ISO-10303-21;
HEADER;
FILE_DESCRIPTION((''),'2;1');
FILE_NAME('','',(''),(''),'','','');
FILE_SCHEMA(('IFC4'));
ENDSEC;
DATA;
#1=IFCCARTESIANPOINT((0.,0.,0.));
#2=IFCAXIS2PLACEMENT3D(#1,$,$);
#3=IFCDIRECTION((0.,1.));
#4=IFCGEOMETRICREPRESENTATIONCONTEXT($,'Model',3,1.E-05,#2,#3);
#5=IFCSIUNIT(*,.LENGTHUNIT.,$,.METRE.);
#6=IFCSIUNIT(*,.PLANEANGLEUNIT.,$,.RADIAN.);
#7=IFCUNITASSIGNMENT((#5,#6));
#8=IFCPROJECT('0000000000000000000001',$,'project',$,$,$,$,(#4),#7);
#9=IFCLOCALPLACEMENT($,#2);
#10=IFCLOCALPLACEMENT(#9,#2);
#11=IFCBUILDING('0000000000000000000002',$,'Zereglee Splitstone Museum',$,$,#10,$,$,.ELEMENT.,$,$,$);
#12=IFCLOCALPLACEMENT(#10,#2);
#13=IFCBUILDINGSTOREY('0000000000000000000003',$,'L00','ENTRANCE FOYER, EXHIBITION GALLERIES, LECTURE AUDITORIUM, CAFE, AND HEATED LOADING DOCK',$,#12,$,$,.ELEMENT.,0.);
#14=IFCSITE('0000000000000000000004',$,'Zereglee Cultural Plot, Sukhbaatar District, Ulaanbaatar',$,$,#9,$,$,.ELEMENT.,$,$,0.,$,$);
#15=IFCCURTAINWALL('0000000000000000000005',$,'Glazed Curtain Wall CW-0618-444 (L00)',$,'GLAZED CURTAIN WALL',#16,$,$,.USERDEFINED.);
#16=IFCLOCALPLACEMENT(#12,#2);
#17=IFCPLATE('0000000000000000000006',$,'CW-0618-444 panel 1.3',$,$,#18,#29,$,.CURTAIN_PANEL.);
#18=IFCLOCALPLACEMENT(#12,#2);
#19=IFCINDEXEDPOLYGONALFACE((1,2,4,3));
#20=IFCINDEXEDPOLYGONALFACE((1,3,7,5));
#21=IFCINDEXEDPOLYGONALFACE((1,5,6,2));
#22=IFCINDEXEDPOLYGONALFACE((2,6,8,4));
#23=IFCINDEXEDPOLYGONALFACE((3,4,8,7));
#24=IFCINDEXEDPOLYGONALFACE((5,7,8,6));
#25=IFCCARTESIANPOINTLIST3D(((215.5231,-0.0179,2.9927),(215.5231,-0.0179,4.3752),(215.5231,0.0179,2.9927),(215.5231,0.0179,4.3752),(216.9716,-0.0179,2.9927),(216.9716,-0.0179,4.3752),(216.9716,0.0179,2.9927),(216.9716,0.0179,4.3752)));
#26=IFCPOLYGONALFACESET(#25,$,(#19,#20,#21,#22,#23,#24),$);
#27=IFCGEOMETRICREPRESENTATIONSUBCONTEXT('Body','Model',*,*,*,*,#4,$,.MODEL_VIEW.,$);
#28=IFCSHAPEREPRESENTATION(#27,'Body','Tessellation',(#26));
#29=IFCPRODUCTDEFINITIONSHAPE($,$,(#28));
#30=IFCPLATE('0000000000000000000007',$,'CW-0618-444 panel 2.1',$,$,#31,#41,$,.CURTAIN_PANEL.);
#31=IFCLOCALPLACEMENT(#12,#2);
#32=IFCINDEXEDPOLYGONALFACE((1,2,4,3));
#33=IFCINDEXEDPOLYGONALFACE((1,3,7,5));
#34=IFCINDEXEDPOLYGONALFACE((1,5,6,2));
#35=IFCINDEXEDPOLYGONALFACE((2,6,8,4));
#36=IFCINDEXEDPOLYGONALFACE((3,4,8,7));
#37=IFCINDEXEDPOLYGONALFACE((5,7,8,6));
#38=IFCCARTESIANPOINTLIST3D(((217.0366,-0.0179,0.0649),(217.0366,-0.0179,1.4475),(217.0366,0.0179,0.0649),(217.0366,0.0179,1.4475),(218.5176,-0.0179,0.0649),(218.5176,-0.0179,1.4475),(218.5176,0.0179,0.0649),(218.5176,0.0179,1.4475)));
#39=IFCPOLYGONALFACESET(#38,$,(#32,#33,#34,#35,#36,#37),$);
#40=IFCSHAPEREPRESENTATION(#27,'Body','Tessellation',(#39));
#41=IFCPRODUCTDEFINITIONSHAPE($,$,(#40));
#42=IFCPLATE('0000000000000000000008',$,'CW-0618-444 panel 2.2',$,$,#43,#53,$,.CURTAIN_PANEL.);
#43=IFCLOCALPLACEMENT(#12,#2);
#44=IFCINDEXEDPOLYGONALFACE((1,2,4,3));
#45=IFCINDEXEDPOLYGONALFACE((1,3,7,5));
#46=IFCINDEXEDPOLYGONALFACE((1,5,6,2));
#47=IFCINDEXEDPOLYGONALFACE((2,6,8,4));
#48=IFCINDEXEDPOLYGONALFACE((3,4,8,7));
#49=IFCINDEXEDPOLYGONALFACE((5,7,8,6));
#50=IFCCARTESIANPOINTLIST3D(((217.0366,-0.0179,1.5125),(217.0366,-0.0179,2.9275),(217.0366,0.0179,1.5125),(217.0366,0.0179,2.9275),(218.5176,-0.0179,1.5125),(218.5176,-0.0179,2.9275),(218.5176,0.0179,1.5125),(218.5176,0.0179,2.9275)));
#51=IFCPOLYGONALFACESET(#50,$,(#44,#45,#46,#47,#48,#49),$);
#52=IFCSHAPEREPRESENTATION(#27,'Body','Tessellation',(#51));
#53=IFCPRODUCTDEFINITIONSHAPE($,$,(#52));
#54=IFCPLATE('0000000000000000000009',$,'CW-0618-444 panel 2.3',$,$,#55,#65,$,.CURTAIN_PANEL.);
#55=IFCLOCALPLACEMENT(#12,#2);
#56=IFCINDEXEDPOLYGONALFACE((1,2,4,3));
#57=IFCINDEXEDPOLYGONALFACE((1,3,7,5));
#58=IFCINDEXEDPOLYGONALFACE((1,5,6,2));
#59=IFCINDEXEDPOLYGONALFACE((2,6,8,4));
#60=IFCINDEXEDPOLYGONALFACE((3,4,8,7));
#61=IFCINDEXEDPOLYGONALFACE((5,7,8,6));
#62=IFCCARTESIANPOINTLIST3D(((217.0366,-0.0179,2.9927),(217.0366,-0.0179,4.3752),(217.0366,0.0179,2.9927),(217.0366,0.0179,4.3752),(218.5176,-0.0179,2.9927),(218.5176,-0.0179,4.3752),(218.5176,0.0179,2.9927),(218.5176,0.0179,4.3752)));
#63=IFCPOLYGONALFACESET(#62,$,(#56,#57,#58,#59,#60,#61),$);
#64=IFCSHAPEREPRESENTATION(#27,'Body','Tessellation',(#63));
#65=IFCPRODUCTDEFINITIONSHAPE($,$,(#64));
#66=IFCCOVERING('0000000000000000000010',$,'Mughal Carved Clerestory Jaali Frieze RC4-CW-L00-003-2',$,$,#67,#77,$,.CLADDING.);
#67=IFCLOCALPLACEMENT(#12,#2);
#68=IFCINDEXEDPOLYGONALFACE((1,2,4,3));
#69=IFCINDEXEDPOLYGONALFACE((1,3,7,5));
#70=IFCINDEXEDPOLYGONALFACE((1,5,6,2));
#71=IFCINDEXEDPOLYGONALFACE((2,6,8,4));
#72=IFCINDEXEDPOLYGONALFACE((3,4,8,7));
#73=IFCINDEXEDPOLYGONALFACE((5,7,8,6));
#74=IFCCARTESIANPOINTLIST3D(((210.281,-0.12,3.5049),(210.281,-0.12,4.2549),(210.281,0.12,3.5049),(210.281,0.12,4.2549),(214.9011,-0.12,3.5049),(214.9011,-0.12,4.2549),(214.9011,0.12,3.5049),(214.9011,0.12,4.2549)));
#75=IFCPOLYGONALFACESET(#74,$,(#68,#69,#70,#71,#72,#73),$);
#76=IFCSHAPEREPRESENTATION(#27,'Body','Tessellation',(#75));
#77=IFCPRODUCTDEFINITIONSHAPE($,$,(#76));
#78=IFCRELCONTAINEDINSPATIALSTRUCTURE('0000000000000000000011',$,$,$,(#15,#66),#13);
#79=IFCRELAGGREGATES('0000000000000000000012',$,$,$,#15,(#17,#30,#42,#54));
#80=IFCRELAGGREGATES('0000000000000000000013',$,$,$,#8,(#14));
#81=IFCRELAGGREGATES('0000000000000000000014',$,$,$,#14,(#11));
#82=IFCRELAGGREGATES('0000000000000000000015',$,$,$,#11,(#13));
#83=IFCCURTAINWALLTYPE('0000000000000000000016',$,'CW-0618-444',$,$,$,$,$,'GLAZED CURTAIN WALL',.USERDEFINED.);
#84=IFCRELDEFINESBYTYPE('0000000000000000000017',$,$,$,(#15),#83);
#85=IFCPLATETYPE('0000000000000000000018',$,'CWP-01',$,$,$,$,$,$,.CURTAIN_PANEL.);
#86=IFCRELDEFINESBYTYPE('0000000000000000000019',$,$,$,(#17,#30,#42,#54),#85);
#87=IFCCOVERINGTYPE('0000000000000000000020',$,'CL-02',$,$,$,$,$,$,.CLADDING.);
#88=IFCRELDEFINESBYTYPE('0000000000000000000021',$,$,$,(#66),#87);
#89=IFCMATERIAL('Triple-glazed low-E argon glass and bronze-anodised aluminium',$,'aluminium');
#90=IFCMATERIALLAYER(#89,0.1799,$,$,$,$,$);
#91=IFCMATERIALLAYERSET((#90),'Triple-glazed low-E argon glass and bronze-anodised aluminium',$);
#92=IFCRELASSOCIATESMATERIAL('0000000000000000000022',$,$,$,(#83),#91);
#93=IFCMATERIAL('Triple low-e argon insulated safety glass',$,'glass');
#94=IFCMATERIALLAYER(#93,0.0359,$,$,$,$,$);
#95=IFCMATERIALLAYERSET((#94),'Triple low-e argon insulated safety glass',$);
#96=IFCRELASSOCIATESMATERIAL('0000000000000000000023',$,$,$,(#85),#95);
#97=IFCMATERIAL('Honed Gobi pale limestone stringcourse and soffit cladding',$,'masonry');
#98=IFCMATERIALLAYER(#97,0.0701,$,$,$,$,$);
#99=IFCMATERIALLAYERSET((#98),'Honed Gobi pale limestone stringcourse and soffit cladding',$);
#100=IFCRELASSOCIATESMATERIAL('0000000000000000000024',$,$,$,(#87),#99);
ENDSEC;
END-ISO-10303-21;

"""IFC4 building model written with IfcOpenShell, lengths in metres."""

from ifc_helpers import new_model, si_unit, direction, frame, origin, origin_2d, place, context, subcontext, project, spatial, rectangle, extrude, material, layer, layer_set, type_object, element, aggregate, save


model = new_model("IFC4")

# Units and contexts
model_context = context("Model", 3, precision=1e-05, world=origin(), true_north=direction((0.0, 1.0)))
body_context = subcontext(model_context, "Body", "Model", "MODEL_VIEW")
ifc_project = project(units=[si_unit("LENGTHUNIT", "METRE"), si_unit("PLANEANGLEUNIT", "RADIAN")], contexts=[model_context])

# Site, building, storey
site_placement = place(None, origin())
site = spatial("IfcSite", under=ifc_project, at=site_placement, Name="Zereglee Cultural Plot, Sukhbaatar District, Ulaanbaatar", CompositionType="ELEMENT", RefElevation=0.0)
building_placement = place(site_placement, origin())
building = spatial("IfcBuilding", under=site, at=building_placement, Name="Zereglee Splitstone Museum", CompositionType="ELEMENT")
storey_placement = place(building_placement, origin())
storey = spatial("IfcBuildingStorey", under=building, at=storey_placement, Name="L00", Description="ENTRANCE FOYER, EXHIBITION GALLERIES, LECTURE AUDITORIUM, CAFE, AND HEATED LOADING DOCK", CompositionType="ELEMENT", Elevation=0.0)

# Curtain wall
ifc_material_1 = material(Name="Triple-glazed low-E argon glass and bronze-anodised aluminium", Category="aluminium")
ifc_layer_1 = layer(ifc_material_1, 0.1799)
ifc_layer_set_1 = layer_set([ifc_layer_1], Name="Triple-glazed low-E argon glass and bronze-anodised aluminium")
curtain_wall_type_1 = type_object("IfcCurtainWallType", Name="CW-0618-444", ElementType="GLAZED CURTAIN WALL", PredefinedType="USERDEFINED", material=ifc_layer_set_1)
curtain_wall_1_placement = place(storey_placement, origin())
curtain_wall_1 = element("IfcCurtainWall", 1, at=curtain_wall_1_placement, inside=storey, type_object=curtain_wall_type_1, Name="Glazed Curtain Wall CW-0618-444 (L00)", ObjectType="GLAZED CURTAIN WALL", PredefinedType="USERDEFINED")

# Plates
ifc_material_2 = material(Name="Triple low-e argon insulated safety glass", Category="glass")
ifc_layer_2 = layer(ifc_material_2, 0.0359)
ifc_layer_set_2 = layer_set([ifc_layer_2], Name="Triple low-e argon insulated safety glass")
plate_type = type_object("IfcPlateType", Name="CWP-01", PredefinedType="CURTAIN_PANEL", material=ifc_layer_set_2)
plate_1_placement = place(storey_placement, frame((216.2473, 0.0, 2.9927), z_axis=(0.0, 0.0, 1.0), x_axis=(1.0, 0.0, 0.0)))
plate_1 = element("IfcPlate", 2, at=plate_1_placement, type_object=plate_type, Name="CW-0618-444 panel 1.3", PredefinedType="CURTAIN_PANEL", context=body_context, shape_type="SweptSolid", body=[
    extrude(rectangle(XDim=1.4485, YDim=0.0359, at=origin_2d()), origin(), (0.0, 0.0, 1.0), 1.3826),
])
plate_2_placement = place(storey_placement, frame((217.7771, 0.0, 0.0649), z_axis=(0.0, 0.0, 1.0), x_axis=(1.0, 0.0, 0.0)))
plate_2 = element("IfcPlate", 3, at=plate_2_placement, type_object=plate_type, Name="CW-0618-444 panel 2.1", PredefinedType="CURTAIN_PANEL", context=body_context, shape_type="SweptSolid", body=[
    extrude(rectangle(XDim=1.481, YDim=0.0359, at=origin_2d()), origin(), (0.0, 0.0, 1.0), 1.3826),
])
plate_3_placement = place(storey_placement, frame((217.7771, 0.0, 1.5125), z_axis=(0.0, 0.0, 1.0), x_axis=(1.0, 0.0, 0.0)))
plate_3 = element("IfcPlate", 4, at=plate_3_placement, type_object=plate_type, Name="CW-0618-444 panel 2.2", PredefinedType="CURTAIN_PANEL", context=body_context, shape_type="SweptSolid", body=[
    extrude(rectangle(XDim=1.481, YDim=0.0359, at=origin_2d()), origin(), (0.0, 0.0, 1.0), 1.415),
])
plate_4_placement = place(storey_placement, frame((217.7771, 0.0, 2.9927), z_axis=(0.0, 0.0, 1.0), x_axis=(1.0, 0.0, 0.0)))
plate_4 = element("IfcPlate", 5, at=plate_4_placement, type_object=plate_type, Name="CW-0618-444 panel 2.3", PredefinedType="CURTAIN_PANEL", context=body_context, shape_type="SweptSolid", body=[
    extrude(rectangle(XDim=1.481, YDim=0.0359, at=origin_2d()), origin(), (0.0, 0.0, 1.0), 1.3826),
])
aggregate(curtain_wall_1, [plate_1, plate_2, plate_3, plate_4])

# Covering
ifc_material_3 = material(Name="Honed Gobi pale limestone stringcourse and soffit cladding", Category="masonry")
ifc_layer_3 = layer(ifc_material_3, 0.0701)
ifc_layer_set_3 = layer_set([ifc_layer_3], Name="Honed Gobi pale limestone stringcourse and soffit cladding")
covering_type = type_object("IfcCoveringType", Name="CL-02", PredefinedType="CLADDING", material=ifc_layer_set_3)
covering_placement = place(storey_placement, frame((212.5911, 0.0, 3.5049), z_axis=(0.0, 0.0, 1.0), x_axis=(1.0, 0.0, 0.0)))
element("IfcCovering", 6, at=covering_placement, inside=storey, type_object=covering_type, Name="Mughal Carved Clerestory Jaali Frieze RC4-CW-L00-003-2", PredefinedType="CLADDING", context=body_context, shape_type="SweptSolid", body=[
    extrude(rectangle(XDim=4.6201, YDim=0.24, at=origin_2d()), origin(), (0.0, 0.0, 1.0), 0.75),
])

save(model, "model.ifc")
